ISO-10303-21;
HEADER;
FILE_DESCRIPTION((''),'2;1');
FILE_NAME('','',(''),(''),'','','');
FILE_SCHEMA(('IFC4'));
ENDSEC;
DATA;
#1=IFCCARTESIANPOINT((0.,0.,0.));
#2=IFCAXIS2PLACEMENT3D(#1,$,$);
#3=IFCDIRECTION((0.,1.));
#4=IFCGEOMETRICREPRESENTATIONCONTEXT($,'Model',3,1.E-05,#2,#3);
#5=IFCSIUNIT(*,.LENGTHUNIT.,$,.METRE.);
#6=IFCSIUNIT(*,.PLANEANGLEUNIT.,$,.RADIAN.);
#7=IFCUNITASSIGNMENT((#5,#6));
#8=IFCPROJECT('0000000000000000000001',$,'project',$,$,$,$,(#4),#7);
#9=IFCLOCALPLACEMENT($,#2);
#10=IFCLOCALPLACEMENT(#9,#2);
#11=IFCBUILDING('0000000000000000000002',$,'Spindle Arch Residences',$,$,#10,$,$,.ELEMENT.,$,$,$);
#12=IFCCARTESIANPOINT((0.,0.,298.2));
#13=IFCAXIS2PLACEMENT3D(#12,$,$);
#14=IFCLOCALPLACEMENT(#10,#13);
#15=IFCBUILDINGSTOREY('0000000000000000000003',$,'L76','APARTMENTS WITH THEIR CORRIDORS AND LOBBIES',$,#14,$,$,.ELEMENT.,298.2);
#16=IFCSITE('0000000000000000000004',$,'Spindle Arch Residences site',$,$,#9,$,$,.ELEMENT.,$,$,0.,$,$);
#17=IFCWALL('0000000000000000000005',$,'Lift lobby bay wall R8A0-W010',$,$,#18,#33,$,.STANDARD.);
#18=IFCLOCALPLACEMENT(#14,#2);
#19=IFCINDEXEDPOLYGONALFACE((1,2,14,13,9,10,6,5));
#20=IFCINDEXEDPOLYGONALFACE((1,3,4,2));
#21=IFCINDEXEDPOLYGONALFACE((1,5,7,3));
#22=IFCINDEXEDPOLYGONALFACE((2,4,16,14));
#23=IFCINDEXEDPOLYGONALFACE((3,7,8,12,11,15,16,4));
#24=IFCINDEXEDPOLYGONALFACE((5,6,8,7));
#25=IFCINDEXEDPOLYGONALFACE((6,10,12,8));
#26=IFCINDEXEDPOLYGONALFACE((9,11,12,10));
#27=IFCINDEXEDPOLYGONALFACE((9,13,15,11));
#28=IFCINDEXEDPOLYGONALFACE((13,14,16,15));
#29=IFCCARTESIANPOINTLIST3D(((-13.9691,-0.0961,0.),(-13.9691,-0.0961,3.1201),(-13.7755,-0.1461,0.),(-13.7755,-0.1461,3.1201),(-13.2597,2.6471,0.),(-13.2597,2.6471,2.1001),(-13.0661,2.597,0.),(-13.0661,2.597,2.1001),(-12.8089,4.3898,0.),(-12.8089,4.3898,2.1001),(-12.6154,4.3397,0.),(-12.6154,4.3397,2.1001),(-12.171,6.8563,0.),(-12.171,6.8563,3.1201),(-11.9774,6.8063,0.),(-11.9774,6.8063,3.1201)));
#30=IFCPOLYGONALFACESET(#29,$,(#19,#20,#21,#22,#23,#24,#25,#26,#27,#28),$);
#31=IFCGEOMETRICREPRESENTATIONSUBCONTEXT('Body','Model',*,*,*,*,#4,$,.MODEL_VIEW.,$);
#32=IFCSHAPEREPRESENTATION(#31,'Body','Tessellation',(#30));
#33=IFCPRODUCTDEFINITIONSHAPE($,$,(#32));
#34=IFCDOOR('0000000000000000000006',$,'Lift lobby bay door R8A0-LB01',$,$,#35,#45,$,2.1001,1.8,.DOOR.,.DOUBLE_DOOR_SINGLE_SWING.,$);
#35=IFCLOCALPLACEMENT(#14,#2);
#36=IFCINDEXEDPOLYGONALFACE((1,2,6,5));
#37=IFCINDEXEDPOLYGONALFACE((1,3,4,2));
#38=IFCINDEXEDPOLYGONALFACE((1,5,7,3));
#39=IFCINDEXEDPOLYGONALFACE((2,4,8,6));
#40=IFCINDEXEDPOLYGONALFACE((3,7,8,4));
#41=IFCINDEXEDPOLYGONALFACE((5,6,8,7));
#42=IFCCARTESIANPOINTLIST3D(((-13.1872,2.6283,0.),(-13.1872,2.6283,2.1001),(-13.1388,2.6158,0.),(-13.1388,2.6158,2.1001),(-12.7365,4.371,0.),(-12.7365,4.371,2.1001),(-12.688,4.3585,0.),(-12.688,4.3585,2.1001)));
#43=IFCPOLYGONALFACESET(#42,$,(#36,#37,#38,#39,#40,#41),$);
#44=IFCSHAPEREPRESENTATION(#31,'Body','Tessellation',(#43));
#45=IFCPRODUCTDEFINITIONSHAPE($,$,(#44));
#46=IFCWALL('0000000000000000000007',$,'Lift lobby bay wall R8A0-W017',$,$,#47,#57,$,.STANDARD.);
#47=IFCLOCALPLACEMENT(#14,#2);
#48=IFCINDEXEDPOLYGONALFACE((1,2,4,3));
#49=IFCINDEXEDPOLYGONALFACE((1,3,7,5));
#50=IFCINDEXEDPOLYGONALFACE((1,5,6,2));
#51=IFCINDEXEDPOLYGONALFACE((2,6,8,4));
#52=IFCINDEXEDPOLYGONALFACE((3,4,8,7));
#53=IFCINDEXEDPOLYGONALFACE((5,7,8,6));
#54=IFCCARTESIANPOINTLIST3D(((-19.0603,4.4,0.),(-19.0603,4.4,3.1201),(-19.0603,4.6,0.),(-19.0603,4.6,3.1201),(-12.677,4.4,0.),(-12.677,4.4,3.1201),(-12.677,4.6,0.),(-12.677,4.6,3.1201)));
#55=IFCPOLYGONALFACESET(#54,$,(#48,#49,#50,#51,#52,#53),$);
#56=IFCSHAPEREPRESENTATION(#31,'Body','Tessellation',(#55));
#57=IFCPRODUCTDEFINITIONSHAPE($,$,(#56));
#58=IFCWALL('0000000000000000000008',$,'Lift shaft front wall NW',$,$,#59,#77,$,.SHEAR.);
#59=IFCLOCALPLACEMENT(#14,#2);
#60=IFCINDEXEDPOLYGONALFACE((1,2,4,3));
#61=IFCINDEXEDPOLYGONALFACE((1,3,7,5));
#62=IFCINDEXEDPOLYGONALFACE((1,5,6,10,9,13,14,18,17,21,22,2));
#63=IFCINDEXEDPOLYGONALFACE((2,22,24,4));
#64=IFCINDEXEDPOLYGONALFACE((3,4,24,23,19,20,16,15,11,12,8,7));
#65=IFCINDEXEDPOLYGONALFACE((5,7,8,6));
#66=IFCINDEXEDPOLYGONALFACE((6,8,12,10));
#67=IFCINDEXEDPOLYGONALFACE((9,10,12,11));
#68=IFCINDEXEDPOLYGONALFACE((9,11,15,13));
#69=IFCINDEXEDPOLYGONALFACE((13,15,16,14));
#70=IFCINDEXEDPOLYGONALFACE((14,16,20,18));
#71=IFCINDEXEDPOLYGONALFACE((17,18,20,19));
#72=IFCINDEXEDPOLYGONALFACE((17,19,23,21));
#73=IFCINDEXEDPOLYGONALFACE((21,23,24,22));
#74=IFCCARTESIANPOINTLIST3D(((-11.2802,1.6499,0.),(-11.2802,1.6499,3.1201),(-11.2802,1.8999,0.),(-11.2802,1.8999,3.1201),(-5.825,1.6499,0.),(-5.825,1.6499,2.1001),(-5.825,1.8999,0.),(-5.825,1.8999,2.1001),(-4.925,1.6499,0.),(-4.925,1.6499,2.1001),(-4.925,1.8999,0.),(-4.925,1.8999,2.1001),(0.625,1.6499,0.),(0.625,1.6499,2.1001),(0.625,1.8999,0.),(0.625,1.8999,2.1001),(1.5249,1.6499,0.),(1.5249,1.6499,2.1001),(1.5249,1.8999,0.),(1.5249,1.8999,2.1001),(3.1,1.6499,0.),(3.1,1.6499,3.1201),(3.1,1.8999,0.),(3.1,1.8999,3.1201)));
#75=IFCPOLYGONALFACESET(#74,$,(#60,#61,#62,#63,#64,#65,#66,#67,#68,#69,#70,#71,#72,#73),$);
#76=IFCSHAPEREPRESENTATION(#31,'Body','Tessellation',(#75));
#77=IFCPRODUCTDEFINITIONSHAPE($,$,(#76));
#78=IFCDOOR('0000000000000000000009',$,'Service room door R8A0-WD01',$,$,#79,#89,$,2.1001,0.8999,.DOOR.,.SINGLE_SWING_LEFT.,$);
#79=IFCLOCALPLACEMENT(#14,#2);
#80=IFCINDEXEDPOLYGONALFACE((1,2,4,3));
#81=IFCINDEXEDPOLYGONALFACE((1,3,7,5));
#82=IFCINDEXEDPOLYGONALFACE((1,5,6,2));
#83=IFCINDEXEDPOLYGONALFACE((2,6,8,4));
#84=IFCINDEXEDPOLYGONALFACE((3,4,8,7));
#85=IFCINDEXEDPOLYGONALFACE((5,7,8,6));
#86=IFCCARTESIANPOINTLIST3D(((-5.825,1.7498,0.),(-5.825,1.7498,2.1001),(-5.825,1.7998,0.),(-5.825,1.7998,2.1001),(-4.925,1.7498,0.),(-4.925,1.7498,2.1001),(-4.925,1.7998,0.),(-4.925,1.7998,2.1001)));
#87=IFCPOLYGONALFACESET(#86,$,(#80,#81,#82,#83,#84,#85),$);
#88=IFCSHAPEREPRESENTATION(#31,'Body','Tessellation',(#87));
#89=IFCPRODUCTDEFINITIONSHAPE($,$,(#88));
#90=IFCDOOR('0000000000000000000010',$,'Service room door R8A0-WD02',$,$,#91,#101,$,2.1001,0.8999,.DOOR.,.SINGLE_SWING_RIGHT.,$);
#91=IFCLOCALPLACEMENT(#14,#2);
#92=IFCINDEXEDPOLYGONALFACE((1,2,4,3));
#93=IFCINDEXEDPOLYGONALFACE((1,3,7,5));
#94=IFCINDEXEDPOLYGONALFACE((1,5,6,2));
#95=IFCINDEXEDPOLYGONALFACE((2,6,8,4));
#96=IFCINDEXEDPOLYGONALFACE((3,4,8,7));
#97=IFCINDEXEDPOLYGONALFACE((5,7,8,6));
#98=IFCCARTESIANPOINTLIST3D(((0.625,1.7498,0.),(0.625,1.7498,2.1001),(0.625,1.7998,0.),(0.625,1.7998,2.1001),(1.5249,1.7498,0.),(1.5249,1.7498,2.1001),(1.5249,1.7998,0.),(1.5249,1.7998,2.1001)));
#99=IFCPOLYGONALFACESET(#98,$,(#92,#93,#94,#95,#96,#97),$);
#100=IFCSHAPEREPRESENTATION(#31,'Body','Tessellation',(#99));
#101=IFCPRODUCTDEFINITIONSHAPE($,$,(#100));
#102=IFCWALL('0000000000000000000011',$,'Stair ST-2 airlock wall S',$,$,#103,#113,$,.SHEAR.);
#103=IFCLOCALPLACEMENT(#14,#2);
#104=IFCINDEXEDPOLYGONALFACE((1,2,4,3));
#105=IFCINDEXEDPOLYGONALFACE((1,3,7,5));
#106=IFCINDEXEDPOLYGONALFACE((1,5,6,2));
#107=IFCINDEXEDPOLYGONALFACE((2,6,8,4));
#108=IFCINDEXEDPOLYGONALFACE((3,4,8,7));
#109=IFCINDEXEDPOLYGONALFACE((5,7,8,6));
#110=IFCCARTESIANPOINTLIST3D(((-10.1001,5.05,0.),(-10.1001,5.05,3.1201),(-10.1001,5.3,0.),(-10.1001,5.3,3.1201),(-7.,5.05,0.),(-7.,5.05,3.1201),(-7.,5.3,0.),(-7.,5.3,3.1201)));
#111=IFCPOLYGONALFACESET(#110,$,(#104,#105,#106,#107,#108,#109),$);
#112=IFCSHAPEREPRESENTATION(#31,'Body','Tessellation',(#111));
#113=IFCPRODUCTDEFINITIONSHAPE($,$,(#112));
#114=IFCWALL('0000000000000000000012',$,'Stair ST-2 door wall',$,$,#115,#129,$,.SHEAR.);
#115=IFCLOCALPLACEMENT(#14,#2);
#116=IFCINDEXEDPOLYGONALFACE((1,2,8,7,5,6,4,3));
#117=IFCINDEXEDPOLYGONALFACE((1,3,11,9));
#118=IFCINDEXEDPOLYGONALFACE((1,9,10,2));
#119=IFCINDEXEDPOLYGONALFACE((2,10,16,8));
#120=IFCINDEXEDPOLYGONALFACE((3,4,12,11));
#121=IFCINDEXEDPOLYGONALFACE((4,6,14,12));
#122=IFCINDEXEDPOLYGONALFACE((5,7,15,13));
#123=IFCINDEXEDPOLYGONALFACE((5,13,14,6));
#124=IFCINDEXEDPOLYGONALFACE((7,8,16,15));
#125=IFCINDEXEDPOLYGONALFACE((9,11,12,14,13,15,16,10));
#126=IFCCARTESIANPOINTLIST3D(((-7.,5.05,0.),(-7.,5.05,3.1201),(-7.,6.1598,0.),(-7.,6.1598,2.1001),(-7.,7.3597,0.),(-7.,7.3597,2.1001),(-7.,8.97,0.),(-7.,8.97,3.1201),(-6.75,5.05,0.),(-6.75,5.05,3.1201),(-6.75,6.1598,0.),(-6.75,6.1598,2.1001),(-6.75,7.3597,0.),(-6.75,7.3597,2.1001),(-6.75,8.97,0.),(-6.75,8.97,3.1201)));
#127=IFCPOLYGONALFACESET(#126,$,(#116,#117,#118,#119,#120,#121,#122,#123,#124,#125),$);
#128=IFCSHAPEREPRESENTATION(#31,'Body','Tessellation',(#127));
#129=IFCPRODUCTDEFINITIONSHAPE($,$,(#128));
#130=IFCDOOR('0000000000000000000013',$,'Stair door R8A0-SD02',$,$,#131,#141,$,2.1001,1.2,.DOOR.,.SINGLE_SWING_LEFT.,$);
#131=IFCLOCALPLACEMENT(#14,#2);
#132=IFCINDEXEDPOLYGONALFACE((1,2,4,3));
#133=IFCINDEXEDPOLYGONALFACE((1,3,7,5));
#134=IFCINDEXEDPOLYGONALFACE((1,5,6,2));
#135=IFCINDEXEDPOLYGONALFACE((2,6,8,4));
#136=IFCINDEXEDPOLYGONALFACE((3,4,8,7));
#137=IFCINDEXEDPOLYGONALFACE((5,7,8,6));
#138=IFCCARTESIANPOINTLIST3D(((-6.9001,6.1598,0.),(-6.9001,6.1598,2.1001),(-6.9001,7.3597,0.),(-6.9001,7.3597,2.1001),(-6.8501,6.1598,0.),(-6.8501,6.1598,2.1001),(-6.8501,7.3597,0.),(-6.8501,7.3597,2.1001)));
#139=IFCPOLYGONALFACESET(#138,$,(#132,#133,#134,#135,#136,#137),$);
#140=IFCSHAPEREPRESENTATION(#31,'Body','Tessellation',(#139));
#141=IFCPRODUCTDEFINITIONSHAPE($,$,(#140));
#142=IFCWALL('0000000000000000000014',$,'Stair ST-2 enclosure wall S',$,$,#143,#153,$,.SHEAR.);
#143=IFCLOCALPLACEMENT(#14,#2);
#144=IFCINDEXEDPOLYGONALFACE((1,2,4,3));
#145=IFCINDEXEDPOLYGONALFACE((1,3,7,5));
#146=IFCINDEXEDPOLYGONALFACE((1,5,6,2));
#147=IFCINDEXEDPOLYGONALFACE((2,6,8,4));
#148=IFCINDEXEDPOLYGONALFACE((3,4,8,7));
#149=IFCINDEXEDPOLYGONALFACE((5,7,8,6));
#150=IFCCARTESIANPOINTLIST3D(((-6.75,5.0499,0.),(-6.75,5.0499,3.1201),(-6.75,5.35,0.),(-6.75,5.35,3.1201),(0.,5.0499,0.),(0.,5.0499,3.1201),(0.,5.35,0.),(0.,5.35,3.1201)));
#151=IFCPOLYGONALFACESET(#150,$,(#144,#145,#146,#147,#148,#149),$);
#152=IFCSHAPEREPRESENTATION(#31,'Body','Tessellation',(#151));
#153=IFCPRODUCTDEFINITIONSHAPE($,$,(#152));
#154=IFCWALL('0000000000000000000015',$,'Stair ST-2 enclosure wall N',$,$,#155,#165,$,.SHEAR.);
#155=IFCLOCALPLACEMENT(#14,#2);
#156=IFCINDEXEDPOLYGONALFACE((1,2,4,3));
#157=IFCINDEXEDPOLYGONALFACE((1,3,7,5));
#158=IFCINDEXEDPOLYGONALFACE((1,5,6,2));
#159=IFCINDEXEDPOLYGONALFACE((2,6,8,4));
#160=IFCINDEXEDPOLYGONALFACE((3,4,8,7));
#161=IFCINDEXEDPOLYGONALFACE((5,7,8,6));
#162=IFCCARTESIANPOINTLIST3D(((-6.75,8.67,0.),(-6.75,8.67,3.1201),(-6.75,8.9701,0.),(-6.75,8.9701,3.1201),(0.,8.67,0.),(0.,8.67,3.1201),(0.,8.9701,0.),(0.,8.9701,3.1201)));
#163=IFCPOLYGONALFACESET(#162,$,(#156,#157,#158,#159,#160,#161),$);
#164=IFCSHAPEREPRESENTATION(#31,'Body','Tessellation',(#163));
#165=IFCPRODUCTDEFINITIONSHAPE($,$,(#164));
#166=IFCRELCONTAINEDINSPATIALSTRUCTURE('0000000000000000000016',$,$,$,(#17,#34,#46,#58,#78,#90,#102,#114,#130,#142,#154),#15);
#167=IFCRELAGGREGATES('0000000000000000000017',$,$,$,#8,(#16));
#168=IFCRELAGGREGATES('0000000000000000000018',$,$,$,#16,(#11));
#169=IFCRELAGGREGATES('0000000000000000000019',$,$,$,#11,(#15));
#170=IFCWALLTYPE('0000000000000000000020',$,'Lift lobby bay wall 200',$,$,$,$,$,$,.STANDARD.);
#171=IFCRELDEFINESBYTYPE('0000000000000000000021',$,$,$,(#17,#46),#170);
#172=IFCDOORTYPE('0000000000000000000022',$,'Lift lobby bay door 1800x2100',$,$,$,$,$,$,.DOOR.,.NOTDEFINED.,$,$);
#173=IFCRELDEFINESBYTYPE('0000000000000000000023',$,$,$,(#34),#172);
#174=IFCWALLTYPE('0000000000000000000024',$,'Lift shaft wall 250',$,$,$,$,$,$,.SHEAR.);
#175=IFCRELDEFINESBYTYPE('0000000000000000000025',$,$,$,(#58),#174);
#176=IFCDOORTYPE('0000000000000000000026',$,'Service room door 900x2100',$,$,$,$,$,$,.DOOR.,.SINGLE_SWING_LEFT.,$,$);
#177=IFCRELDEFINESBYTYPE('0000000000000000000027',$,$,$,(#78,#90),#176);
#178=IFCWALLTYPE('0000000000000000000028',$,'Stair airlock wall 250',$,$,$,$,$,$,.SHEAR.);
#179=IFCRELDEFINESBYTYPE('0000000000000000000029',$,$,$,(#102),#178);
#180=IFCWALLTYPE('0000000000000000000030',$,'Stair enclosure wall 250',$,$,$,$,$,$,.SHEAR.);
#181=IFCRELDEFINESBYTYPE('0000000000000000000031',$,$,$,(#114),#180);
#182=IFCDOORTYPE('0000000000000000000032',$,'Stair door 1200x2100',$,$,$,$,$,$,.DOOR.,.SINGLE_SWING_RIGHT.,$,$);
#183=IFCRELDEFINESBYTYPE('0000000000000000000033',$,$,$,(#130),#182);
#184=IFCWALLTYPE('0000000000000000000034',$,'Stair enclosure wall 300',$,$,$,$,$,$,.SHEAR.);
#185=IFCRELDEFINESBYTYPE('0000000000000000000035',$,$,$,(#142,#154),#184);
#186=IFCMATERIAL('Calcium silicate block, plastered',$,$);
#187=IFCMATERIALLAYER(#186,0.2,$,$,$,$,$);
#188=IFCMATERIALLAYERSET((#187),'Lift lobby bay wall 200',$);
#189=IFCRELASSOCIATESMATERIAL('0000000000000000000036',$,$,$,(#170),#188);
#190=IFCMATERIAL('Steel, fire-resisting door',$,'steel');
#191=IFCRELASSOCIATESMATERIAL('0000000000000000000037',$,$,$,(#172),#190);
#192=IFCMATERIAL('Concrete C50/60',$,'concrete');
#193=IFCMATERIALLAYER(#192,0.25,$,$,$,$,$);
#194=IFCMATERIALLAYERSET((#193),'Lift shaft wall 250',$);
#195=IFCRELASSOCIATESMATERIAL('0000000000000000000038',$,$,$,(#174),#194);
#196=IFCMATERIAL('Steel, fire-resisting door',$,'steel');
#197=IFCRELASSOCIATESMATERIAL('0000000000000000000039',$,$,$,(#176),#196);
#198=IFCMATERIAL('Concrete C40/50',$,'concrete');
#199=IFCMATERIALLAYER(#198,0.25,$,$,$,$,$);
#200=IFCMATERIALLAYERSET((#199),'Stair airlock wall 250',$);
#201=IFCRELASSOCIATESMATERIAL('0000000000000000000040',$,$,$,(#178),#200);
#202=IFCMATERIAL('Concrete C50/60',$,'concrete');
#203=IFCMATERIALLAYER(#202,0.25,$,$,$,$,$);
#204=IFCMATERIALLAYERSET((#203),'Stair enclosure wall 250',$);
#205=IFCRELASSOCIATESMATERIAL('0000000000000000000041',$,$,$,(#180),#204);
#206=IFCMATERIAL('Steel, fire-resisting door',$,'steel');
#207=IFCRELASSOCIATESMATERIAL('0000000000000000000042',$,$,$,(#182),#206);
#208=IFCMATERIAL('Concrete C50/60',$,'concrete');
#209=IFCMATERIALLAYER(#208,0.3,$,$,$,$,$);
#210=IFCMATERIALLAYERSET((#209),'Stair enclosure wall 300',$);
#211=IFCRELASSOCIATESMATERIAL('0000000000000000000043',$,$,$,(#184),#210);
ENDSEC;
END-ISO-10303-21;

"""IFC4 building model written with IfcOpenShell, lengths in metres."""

from ifc_helpers import new_model, si_unit, direction, frame, frame_2d, origin, place, context, subcontext, project, spatial, rectangle, extrude, material, layer, layer_set, type_object, element, fill, save


model = new_model("IFC4")

# Units and contexts
model_context = context("Model", 3, precision=1e-05, world=origin(), true_north=direction((0.0, 1.0)))
body_context = subcontext(model_context, "Body", "Model", "MODEL_VIEW")
ifc_project = project(units=[si_unit("LENGTHUNIT", "METRE"), si_unit("PLANEANGLEUNIT", "RADIAN")], contexts=[model_context])

# Site, building, storey
site_placement = place(None, origin())
site = spatial("IfcSite", under=ifc_project, at=site_placement, Name="Spindle Arch Residences site", CompositionType="ELEMENT", RefElevation=0.0)
building_placement = place(site_placement, origin())
building = spatial("IfcBuilding", under=site, at=building_placement, Name="Spindle Arch Residences", CompositionType="ELEMENT")
storey_placement = place(building_placement, frame((0.0, 0.0, 298.2)))
storey = spatial("IfcBuildingStorey", under=building, at=storey_placement, Name="L76", Description="APARTMENTS WITH THEIR CORRIDORS AND LOBBIES", CompositionType="ELEMENT", Elevation=298.2)

# Wall, opening, door
ifc_material_1 = material(Name="Calcium silicate block, plastered")
ifc_layer_1 = layer(ifc_material_1, 0.2)
ifc_layer_set_1 = layer_set([ifc_layer_1], Name="Lift lobby bay wall 200")
wall_type_1 = type_object("IfcWallType", Name="Lift lobby bay wall 200", PredefinedType="STANDARD", material=ifc_layer_set_1)
wall_1_placement = place(storey_placement, frame((-12.0742, 6.8313, 0.0), z_axis=(0.0, 0.0, 1.0), x_axis=(-0.250391, -0.968145, 0.0)))
wall_1 = element("IfcWall", 1, at=wall_1_placement, inside=storey, type_object=wall_type_1, Name="Lift lobby bay wall R8A0-W010", PredefinedType="STANDARD", context=body_context, shape_type="SweptSolid", body=[
    extrude(rectangle(XDim=7.1812, YDim=0.2, at=frame_2d((3.5906, 0.0))), origin(), (0.0, 0.0, 1.0), 3.1201),
])
opening_1_placement = place(wall_1_placement, frame((2.5479, 0.0, 0.0)))
opening_1 = element("IfcOpeningElement", 2, at=opening_1_placement, cuts=wall_1, PredefinedType="OPENING", context=body_context, shape_type="SweptSolid", body=[
    extrude(rectangle(XDim=1.8, YDim=2.1001, at=frame_2d((0.8999, 1.05))), frame((0.0, 0.1099, 0.0), z_axis=(0.0, -1.0, 0.0), x_axis=(1.0, 0.0, 0.0)), (0.0, 0.0, 1.0), 0.22),
])
ifc_material_2 = material(Name="Steel, fire-resisting door", Category="steel")
door_type_1 = type_object("IfcDoorType", Name="Lift lobby bay door 1800x2100", OperationType="NOTDEFINED", PredefinedType="DOOR", material=ifc_material_2)
door_1_placement = place(opening_1_placement, origin())
door_1 = element("IfcDoor", 3, at=door_1_placement, inside=storey, type_object=door_type_1, Name="Lift lobby bay door R8A0-LB01", OperationType="DOUBLE_DOOR_SINGLE_SWING", OverallHeight=2.1001, OverallWidth=1.8, PredefinedType="DOOR", context=body_context, shape_type="SweptSolid", body=[
    extrude(rectangle(XDim=1.8, YDim=2.1001, at=frame_2d((0.8999, 1.05))), frame((0.0, 0.0249, 0.0), z_axis=(0.0, -1.0, 0.0), x_axis=(1.0, 0.0, 0.0)), (0.0, 0.0, 1.0), 0.05),
])
fill(opening_1, door_1)

# Wall
wall_2_placement = place(storey_placement, frame((-12.677, 4.5, 0.0), z_axis=(0.0, 0.0, 1.0), x_axis=(-1.0, 0.0, 0.0)))
element("IfcWall", 4, at=wall_2_placement, inside=storey, type_object=wall_type_1, Name="Lift lobby bay wall R8A0-W017", PredefinedType="STANDARD", context=body_context, shape_type="SweptSolid", body=[
    extrude(rectangle(XDim=6.3833, YDim=0.2, at=frame_2d((3.1917, 0.0))), origin(), (0.0, 0.0, 1.0), 3.1201),
])

# Wall, openings, doors
ifc_material_3 = material(Name="Concrete C50/60", Category="concrete")
ifc_layer_2 = layer(ifc_material_3, 0.25)
ifc_layer_set_2 = layer_set([ifc_layer_2], Name="Lift shaft wall 250")
wall_type_2 = type_object("IfcWallType", Name="Lift shaft wall 250", PredefinedType="SHEAR", material=ifc_layer_set_2)
wall_3_placement = place(storey_placement, frame((-11.28, 1.7749, 0.0), z_axis=(0.0, 0.0, 1.0), x_axis=(1.0, 0.0, 0.0)))
wall_3 = element("IfcWall", 5, at=wall_3_placement, inside=storey, type_object=wall_type_2, Name="Lift shaft front wall NW", PredefinedType="SHEAR", context=body_context, shape_type="SweptSolid", body=[
    extrude(rectangle(XDim=14.3801, YDim=0.25, at=frame_2d((7.1899, 0.0))), origin(), (0.0, 0.0, 1.0), 3.1201),
])
opening_2_placement = place(wall_3_placement, frame((5.4551, 0.0, 0.0)))
opening_2 = element("IfcOpeningElement", 6, at=opening_2_placement, cuts=wall_3, PredefinedType="OPENING", context=body_context, shape_type="SweptSolid", body=[
    extrude(rectangle(XDim=0.8999, YDim=2.1001, at=frame_2d((0.45, 1.05))), frame((0.0, 0.135, 0.0), z_axis=(0.0, -1.0, 0.0), x_axis=(1.0, 0.0, 0.0)), (0.0, 0.0, 1.0), 0.27),
])
opening_3_placement = place(wall_3_placement, frame((11.905, 0.0, 0.0)))
opening_3 = element("IfcOpeningElement", 7, at=opening_3_placement, cuts=wall_3, PredefinedType="OPENING", context=body_context, shape_type="SweptSolid", body=[
    extrude(rectangle(XDim=0.8999, YDim=2.1001, at=frame_2d((0.45, 1.05))), frame((0.0, 0.135, 0.0), z_axis=(0.0, -1.0, 0.0), x_axis=(1.0, 0.0, 0.0)), (0.0, 0.0, 1.0), 0.27),
])
ifc_material_4 = material(Name="Steel, fire-resisting door", Category="steel")
door_type_2 = type_object("IfcDoorType", Name="Service room door 900x2100", OperationType="SINGLE_SWING_LEFT", PredefinedType="DOOR", material=ifc_material_4)
door_2_placement = place(opening_2_placement, origin())
door_2 = element("IfcDoor", 8, at=door_2_placement, inside=storey, type_object=door_type_2, Name="Service room door R8A0-WD01", OperationType="SINGLE_SWING_LEFT", OverallHeight=2.1001, OverallWidth=0.8999, PredefinedType="DOOR", context=body_context, shape_type="SweptSolid", body=[
    extrude(rectangle(XDim=0.8999, YDim=2.1001, at=frame_2d((0.45, 1.05))), frame((0.0, 0.0249, 0.0), z_axis=(0.0, -1.0, 0.0), x_axis=(1.0, 0.0, 0.0)), (0.0, 0.0, 1.0), 0.05),
])
fill(opening_2, door_2)
door_3_placement = place(opening_3_placement, origin())
door_3 = element("IfcDoor", 9, at=door_3_placement, inside=storey, type_object=door_type_2, Name="Service room door R8A0-WD02", OperationType="SINGLE_SWING_RIGHT", OverallHeight=2.1001, OverallWidth=0.8999, PredefinedType="DOOR", context=body_context, shape_type="SweptSolid", body=[
    extrude(rectangle(XDim=0.8999, YDim=2.1001, at=frame_2d((0.45, 1.05))), frame((0.0, 0.0249, 0.0), z_axis=(0.0, -1.0, 0.0), x_axis=(1.0, 0.0, 0.0)), (0.0, 0.0, 1.0), 0.05),
])
fill(opening_3, door_3)

# Wall
ifc_material_5 = material(Name="Concrete C40/50", Category="concrete")
ifc_layer_3 = layer(ifc_material_5, 0.25)
ifc_layer_set_3 = layer_set([ifc_layer_3], Name="Stair airlock wall 250")
wall_type_3 = type_object("IfcWallType", Name="Stair airlock wall 250", PredefinedType="SHEAR", material=ifc_layer_set_3)
wall_4_placement = place(storey_placement, frame((-7.0, 5.175, 0.0), z_axis=(0.0, 0.0, 1.0), x_axis=(-1.0, 0.0, 0.0)))
element("IfcWall", 10, at=wall_4_placement, inside=storey, type_object=wall_type_3, Name="Stair ST-2 airlock wall S", PredefinedType="SHEAR", context=body_context, shape_type="SweptSolid", body=[
    extrude(rectangle(XDim=3.1001, YDim=0.25, at=frame_2d((1.55, 0.0))), origin(), (0.0, 0.0, 1.0), 3.1201),
])

# Wall, opening, door
ifc_material_6 = material(Name="Concrete C50/60", Category="concrete")
ifc_layer_4 = layer(ifc_material_6, 0.25)
ifc_layer_set_4 = layer_set([ifc_layer_4], Name="Stair enclosure wall 250")
wall_type_4 = type_object("IfcWallType", Name="Stair enclosure wall 250", PredefinedType="SHEAR", material=ifc_layer_set_4)
wall_5_placement = place(storey_placement, frame((-6.875, 8.97, 0.0), z_axis=(0.0, 0.0, 1.0), x_axis=(0.0, -1.0, 0.0)))
wall_5 = element("IfcWall", 11, at=wall_5_placement, inside=storey, type_object=wall_type_4, Name="Stair ST-2 door wall", PredefinedType="SHEAR", context=body_context, shape_type="SweptSolid", body=[
    extrude(rectangle(XDim=3.9199, YDim=0.25, at=frame_2d((1.96, 0.0))), origin(), (0.0, 0.0, 1.0), 3.1201),
])
opening_4_placement = place(wall_5_placement, frame((1.6101, 0.0, 0.0)))
opening_4 = element("IfcOpeningElement", 12, at=opening_4_placement, cuts=wall_5, PredefinedType="OPENING", context=body_context, shape_type="SweptSolid", body=[
    extrude(rectangle(XDim=1.2, YDim=2.1001, at=frame_2d((0.6001, 1.05))), frame((0.0, 0.135, 0.0), z_axis=(0.0, -1.0, 0.0), x_axis=(1.0, 0.0, 0.0)), (0.0, 0.0, 1.0), 0.27),
])
ifc_material_7 = material(Name="Steel, fire-resisting door", Category="steel")
door_type_3 = type_object("IfcDoorType", Name="Stair door 1200x2100", OperationType="SINGLE_SWING_RIGHT", PredefinedType="DOOR", material=ifc_material_7)
door_4_placement = place(opening_4_placement, origin())
door_4 = element("IfcDoor", 13, at=door_4_placement, inside=storey, type_object=door_type_3, Name="Stair door R8A0-SD02", OperationType="SINGLE_SWING_LEFT", OverallHeight=2.1001, OverallWidth=1.2, PredefinedType="DOOR", context=body_context, shape_type="SweptSolid", body=[
    extrude(rectangle(XDim=1.2, YDim=2.1001, at=frame_2d((0.6001, 1.05))), frame((0.0, 0.0249, 0.0), z_axis=(0.0, -1.0, 0.0), x_axis=(1.0, 0.0, 0.0)), (0.0, 0.0, 1.0), 0.05),
])
fill(opening_4, door_4)

# Walls
ifc_material_8 = material(Name="Concrete C50/60", Category="concrete")
ifc_layer_5 = layer(ifc_material_8, 0.3)
ifc_layer_set_5 = layer_set([ifc_layer_5], Name="Stair enclosure wall 300")
wall_type_5 = type_object("IfcWallType", Name="Stair enclosure wall 300", PredefinedType="SHEAR", material=ifc_layer_set_5)
for number, where, z_axis, x_axis, name in (
    (14, (-6.75, 5.2, 0.0), (0.0, 0.0, 1.0), (1.0, 0.0, 0.0), "Stair ST-2 enclosure wall S"),
    (15, (-6.75, 8.8201, 0.0), (0.0, 0.0, 1.0), (1.0, 0.0, 0.0), "Stair ST-2 enclosure wall N"),
):
    element("IfcWall", number, at=place(storey_placement, frame(where, z_axis=z_axis, x_axis=x_axis)), inside=storey, type_object=wall_type_5, Name=name, PredefinedType="SHEAR", context=body_context, shape_type="SweptSolid", body=[
        extrude(rectangle(XDim=6.75, YDim=0.3, at=frame_2d((3.375, 0.0))), origin(), (0.0, 0.0, 1.0), 3.1201),
    ])

save(model, "model.ifc")
